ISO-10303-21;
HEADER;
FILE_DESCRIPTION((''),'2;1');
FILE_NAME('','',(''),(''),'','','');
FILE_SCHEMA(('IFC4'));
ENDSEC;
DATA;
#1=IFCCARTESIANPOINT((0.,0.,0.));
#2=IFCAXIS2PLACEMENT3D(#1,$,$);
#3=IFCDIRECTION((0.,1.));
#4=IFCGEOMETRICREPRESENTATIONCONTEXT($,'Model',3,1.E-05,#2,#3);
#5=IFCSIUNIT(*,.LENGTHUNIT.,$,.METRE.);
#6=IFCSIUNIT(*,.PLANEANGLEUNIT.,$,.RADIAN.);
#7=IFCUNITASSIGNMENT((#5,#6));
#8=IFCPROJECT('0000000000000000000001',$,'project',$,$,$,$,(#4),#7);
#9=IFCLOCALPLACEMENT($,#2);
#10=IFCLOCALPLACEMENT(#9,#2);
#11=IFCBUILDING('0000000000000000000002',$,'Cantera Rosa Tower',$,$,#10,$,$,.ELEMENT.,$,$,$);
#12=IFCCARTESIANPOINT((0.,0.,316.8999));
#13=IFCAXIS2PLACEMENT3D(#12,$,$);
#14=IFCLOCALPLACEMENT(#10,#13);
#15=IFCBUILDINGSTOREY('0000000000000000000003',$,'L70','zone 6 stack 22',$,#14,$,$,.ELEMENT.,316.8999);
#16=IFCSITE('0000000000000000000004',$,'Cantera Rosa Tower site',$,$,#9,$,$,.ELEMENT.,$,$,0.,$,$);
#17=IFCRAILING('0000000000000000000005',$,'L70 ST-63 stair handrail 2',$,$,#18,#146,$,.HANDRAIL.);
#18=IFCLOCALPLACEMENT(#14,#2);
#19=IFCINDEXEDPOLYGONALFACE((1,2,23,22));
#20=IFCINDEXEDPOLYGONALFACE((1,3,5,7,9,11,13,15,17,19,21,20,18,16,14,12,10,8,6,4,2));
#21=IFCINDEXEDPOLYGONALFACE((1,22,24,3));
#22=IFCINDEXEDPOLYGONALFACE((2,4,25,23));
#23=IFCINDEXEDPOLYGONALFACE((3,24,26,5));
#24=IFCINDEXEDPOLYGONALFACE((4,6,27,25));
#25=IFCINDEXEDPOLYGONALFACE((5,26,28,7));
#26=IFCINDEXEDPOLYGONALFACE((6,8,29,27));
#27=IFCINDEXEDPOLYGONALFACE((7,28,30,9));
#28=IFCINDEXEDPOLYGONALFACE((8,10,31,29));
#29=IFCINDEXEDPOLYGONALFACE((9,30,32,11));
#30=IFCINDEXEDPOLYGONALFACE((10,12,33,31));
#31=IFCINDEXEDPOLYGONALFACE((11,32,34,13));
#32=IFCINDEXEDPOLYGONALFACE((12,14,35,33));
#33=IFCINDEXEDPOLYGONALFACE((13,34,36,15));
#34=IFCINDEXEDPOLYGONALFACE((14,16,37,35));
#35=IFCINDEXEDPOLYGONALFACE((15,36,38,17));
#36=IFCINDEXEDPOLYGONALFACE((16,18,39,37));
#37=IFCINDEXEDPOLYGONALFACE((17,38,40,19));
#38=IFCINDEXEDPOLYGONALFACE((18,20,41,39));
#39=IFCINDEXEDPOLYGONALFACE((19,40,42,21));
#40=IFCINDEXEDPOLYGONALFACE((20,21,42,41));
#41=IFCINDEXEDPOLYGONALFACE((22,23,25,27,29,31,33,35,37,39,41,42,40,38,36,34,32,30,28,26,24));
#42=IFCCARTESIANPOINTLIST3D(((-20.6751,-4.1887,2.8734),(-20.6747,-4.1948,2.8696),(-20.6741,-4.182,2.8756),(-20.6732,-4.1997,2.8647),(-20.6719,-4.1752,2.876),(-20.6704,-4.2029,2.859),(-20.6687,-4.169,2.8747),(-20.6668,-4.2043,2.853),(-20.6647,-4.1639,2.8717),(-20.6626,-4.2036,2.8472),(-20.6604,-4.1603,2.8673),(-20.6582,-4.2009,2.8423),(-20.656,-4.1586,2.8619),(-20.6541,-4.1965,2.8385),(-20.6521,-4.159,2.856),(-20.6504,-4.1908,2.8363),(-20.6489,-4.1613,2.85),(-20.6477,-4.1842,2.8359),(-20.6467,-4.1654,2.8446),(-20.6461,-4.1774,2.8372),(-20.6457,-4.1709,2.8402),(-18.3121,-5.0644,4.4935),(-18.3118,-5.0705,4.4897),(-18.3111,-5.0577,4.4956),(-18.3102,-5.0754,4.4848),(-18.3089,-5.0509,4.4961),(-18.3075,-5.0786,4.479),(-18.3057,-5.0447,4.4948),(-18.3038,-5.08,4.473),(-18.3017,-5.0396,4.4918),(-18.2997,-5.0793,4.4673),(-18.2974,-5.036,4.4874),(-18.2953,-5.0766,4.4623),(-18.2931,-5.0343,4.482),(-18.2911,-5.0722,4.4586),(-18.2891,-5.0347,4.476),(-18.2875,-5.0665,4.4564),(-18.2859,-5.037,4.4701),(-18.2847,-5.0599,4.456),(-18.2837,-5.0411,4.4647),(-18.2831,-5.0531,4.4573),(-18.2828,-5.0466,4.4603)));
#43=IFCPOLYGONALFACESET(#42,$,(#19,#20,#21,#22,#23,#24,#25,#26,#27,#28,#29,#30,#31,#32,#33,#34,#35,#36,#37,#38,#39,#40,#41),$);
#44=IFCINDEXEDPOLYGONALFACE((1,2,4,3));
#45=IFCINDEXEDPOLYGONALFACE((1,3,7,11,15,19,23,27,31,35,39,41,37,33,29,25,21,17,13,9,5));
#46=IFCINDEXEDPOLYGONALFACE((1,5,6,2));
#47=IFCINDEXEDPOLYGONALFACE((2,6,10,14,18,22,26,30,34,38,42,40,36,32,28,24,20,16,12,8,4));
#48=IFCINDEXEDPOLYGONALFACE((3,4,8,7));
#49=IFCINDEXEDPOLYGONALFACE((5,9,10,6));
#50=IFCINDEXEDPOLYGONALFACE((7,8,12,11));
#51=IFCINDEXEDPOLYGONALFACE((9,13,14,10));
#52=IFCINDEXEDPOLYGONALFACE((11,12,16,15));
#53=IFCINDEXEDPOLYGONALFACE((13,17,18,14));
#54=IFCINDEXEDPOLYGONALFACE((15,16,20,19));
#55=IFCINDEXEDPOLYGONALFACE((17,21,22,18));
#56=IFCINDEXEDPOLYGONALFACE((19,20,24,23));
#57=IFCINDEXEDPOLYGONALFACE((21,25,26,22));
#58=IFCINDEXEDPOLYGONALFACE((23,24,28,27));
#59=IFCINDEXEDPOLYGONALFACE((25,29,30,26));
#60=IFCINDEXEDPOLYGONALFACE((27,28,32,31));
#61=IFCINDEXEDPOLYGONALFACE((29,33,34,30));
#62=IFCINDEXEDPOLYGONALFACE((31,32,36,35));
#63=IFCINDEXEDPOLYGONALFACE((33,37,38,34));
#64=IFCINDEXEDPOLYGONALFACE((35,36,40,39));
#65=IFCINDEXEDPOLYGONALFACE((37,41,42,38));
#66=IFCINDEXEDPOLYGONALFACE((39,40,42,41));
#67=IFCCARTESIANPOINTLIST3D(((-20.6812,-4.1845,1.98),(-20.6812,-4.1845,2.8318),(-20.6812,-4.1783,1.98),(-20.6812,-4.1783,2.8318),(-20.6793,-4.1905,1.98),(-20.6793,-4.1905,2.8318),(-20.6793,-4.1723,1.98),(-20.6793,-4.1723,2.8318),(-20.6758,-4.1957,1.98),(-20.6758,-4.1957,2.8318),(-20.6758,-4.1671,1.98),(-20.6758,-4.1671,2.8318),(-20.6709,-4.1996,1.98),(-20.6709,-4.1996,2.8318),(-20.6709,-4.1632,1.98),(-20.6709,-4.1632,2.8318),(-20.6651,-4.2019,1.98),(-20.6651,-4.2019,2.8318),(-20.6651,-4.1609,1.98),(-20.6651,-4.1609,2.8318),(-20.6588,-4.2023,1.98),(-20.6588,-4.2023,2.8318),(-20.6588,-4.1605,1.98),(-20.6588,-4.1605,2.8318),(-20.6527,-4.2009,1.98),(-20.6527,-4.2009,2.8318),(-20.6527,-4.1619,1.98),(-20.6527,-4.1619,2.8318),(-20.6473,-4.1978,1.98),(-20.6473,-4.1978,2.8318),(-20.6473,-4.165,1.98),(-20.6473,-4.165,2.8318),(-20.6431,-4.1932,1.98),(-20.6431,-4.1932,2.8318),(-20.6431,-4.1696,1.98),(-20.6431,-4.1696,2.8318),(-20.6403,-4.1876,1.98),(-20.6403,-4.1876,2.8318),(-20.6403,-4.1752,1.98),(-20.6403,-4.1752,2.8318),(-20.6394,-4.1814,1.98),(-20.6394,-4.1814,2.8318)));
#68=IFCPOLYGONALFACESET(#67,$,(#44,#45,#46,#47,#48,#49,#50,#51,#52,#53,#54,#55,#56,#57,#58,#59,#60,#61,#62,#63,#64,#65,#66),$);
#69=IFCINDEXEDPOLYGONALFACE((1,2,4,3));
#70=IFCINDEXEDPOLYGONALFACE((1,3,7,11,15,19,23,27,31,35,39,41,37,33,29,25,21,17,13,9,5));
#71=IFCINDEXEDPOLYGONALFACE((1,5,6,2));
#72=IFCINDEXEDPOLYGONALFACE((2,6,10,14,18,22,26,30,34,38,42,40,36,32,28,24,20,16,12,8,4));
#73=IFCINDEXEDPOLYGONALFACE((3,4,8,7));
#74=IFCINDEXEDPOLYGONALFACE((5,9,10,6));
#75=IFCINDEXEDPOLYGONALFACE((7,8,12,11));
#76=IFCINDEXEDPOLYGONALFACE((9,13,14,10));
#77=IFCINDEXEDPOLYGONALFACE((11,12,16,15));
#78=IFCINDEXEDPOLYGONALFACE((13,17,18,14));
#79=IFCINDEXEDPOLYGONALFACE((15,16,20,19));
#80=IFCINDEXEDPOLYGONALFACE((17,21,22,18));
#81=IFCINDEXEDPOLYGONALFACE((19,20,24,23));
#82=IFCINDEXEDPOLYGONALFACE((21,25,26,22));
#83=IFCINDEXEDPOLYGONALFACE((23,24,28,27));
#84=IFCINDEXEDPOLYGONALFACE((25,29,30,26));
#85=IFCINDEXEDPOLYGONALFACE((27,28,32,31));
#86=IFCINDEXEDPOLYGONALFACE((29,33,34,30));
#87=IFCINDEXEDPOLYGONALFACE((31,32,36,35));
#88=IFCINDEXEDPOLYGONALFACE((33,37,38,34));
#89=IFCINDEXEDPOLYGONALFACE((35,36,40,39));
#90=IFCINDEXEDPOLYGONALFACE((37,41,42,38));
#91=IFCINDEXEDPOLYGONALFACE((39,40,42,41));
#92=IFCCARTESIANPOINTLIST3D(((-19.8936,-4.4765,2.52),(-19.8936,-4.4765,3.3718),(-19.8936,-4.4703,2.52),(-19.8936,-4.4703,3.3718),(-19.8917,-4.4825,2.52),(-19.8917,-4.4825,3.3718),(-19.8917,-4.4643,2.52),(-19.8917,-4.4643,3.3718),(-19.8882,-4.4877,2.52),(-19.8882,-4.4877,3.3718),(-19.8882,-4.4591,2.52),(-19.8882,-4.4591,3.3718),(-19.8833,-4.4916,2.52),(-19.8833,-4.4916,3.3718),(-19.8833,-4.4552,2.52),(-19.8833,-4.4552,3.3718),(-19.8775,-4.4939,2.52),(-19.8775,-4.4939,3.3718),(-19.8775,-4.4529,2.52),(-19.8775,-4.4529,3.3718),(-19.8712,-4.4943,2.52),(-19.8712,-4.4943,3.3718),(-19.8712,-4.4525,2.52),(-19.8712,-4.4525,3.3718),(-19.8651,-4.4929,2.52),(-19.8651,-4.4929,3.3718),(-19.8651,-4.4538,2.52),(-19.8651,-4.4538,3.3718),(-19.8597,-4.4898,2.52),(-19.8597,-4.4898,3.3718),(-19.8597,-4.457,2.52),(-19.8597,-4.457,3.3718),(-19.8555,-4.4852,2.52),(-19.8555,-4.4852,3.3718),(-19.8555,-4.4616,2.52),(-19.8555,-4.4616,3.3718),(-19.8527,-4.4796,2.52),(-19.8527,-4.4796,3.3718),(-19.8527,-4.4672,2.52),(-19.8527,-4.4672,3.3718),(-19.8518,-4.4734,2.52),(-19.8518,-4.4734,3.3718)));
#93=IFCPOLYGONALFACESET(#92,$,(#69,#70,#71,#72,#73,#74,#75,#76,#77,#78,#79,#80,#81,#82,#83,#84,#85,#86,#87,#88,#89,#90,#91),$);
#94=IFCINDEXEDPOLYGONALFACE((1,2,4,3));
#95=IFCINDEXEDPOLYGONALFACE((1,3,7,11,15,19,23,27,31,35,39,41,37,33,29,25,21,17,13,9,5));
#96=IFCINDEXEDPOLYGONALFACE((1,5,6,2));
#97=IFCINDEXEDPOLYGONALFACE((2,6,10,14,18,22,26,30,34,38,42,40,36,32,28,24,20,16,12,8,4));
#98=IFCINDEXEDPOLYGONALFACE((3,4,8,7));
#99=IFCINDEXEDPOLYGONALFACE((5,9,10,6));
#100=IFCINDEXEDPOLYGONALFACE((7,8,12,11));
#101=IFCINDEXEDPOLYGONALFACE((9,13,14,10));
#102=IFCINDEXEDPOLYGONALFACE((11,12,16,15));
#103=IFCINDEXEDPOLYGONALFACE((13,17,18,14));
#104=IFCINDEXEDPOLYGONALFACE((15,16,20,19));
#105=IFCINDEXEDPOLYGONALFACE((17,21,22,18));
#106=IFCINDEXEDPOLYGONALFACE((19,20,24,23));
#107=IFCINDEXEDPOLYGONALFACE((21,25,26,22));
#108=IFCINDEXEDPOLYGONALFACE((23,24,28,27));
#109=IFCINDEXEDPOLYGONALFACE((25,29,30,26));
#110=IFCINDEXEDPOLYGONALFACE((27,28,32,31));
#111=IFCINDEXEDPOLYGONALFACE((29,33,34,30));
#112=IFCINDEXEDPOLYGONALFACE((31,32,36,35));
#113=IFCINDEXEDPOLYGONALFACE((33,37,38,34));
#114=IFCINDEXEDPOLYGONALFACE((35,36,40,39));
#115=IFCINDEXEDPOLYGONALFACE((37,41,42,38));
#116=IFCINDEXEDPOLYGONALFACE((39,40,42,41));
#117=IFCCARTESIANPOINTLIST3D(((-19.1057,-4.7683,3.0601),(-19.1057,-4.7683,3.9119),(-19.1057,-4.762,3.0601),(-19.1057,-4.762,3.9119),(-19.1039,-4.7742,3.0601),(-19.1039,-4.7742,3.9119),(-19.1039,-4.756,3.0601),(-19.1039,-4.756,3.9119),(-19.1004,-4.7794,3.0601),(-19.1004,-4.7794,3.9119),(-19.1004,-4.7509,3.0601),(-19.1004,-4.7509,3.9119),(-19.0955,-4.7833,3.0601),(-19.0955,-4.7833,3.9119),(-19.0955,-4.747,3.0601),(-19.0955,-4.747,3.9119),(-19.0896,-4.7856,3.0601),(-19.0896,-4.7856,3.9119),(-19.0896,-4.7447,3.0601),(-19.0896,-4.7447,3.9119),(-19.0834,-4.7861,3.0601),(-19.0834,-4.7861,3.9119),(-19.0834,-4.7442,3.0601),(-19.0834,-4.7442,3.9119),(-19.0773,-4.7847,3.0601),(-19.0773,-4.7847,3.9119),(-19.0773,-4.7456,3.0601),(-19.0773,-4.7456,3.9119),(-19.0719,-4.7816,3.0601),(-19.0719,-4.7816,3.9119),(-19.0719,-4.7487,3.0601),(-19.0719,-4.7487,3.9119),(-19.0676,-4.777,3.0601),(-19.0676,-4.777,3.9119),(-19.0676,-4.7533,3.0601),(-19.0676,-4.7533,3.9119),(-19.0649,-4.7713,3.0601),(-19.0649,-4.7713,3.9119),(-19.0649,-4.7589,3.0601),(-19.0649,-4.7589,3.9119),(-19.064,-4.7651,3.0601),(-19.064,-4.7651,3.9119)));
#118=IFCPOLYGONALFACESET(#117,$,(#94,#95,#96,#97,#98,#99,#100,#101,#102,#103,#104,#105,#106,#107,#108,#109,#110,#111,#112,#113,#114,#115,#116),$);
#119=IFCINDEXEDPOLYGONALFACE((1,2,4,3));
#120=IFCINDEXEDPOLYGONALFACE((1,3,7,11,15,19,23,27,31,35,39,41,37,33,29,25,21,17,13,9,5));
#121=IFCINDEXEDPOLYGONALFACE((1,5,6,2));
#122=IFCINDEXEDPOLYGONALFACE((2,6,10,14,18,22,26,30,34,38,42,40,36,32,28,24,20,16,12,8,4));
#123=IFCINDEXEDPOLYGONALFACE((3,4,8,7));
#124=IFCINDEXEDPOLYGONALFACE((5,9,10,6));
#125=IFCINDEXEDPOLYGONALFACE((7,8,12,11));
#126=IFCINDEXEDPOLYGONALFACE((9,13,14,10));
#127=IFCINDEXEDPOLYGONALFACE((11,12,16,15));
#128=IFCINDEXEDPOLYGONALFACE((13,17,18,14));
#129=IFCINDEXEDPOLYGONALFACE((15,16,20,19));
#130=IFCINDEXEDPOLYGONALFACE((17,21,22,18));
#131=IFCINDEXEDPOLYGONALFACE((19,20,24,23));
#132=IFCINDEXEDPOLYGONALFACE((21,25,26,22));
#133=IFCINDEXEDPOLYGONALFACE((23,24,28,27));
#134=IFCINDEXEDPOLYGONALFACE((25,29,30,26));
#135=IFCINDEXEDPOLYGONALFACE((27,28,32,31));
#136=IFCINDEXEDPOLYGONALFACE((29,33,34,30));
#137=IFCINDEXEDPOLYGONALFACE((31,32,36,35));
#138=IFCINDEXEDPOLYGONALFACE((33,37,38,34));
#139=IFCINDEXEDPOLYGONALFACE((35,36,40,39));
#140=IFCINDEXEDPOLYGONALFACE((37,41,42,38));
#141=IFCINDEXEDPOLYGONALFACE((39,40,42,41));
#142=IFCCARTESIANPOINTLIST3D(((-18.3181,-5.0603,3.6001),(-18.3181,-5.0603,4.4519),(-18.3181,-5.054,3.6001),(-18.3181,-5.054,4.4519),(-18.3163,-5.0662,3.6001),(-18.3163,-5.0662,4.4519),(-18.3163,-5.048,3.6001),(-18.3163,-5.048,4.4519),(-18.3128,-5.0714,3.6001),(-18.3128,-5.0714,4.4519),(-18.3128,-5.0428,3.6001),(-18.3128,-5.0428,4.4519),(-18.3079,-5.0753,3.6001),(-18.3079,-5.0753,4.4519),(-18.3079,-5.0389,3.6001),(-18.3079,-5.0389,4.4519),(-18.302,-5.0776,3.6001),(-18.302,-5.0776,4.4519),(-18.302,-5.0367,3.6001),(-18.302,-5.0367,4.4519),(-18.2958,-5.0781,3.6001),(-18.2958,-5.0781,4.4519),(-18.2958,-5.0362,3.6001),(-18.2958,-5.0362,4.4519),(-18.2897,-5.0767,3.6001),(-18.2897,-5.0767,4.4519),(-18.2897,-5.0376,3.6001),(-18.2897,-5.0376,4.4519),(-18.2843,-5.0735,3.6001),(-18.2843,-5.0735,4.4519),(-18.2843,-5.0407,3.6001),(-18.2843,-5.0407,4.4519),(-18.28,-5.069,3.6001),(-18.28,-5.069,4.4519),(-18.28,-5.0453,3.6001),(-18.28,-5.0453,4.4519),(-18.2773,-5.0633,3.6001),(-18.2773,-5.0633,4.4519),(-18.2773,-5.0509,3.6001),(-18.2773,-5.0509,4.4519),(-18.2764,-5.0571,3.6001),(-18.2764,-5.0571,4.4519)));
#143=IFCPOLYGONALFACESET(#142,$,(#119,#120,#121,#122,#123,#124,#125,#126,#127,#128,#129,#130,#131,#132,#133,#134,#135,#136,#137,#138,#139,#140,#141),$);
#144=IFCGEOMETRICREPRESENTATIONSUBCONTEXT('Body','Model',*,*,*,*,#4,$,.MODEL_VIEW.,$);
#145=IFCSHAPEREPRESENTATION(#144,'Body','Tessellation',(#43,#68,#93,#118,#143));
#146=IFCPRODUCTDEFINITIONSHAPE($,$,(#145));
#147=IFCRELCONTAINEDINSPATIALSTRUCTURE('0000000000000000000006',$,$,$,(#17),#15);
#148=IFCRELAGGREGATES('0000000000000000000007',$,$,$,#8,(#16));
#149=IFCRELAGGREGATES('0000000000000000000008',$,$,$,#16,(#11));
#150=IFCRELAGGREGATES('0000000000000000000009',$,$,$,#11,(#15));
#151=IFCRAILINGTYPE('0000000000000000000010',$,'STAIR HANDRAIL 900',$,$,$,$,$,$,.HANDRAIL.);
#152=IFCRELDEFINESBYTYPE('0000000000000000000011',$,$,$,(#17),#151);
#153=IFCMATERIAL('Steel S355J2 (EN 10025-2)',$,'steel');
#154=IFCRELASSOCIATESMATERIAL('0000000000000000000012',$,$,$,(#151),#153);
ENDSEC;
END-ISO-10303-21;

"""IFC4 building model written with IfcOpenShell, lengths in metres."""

from ifc_helpers import new_model, si_unit, direction, frame, origin, origin_2d, place, context, subcontext, project, spatial, circle, extrude, material, type_object, element, save


model = new_model("IFC4")

# Units and contexts
model_context = context("Model", 3, precision=1e-05, world=origin(), true_north=direction((0.0, 1.0)))
body_context = subcontext(model_context, "Body", "Model", "MODEL_VIEW")
ifc_project = project(units=[si_unit("LENGTHUNIT", "METRE"), si_unit("PLANEANGLEUNIT", "RADIAN")], contexts=[model_context])

# Site, building, storey
site_placement = place(None, origin())
site = spatial("IfcSite", under=ifc_project, at=site_placement, Name="Cantera Rosa Tower site", CompositionType="ELEMENT", RefElevation=0.0)
building_placement = place(site_placement, origin())
building = spatial("IfcBuilding", under=site, at=building_placement, Name="Cantera Rosa Tower", CompositionType="ELEMENT")
storey_placement = place(building_placement, frame((0.0, 0.0, 316.8999)))
storey = spatial("IfcBuildingStorey", under=building, at=storey_placement, Name="L70", Description="zone 6 stack 22", CompositionType="ELEMENT", Elevation=316.8999)

# Railing
ifc_material_1 = material(Name="Steel S355J2 (EN 10025-2)", Category="steel")
railing_type_1 = type_object("IfcRailingType", Name="STAIR HANDRAIL 900", PredefinedType="HANDRAIL", material=ifc_material_1)
railing_1_placement = place(storey_placement, frame((-20.6604, -4.1814, 1.98)))
element("IfcRailing", 1, at=railing_1_placement, inside=storey, type_object=railing_type_1, Name="L70 ST-63 stair handrail 2", PredefinedType="HANDRAIL", context=body_context, shape_type="SweptSolid", body=[
    extrude(circle(Radius=0.0239, at=origin_2d()), frame((0.0, 0.0, 0.876), z_axis=(0.788748, -0.292307, 0.540772), x_axis=(0.347501, 0.93768, 0.0)), (0.0, 0.0, 1.0), 2.9958),
    extrude(circle(Radius=0.021, at=origin_2d()), origin(), (0.0, 0.0, 1.0), 0.8518),
    extrude(circle(Radius=0.021, at=origin_2d()), frame((0.7876, -0.292, 0.54)), (0.0, 0.0, 1.0), 0.8518),
    extrude(circle(Radius=0.021, at=origin_2d()), frame((1.5754, -0.5837, 1.0801)), (0.0, 0.0, 1.0), 0.8518),
    extrude(circle(Radius=0.021, at=origin_2d()), frame((2.363, -0.8757, 1.6201)), (0.0, 0.0, 1.0), 0.8518),
])

save(model, "model.ifc")
